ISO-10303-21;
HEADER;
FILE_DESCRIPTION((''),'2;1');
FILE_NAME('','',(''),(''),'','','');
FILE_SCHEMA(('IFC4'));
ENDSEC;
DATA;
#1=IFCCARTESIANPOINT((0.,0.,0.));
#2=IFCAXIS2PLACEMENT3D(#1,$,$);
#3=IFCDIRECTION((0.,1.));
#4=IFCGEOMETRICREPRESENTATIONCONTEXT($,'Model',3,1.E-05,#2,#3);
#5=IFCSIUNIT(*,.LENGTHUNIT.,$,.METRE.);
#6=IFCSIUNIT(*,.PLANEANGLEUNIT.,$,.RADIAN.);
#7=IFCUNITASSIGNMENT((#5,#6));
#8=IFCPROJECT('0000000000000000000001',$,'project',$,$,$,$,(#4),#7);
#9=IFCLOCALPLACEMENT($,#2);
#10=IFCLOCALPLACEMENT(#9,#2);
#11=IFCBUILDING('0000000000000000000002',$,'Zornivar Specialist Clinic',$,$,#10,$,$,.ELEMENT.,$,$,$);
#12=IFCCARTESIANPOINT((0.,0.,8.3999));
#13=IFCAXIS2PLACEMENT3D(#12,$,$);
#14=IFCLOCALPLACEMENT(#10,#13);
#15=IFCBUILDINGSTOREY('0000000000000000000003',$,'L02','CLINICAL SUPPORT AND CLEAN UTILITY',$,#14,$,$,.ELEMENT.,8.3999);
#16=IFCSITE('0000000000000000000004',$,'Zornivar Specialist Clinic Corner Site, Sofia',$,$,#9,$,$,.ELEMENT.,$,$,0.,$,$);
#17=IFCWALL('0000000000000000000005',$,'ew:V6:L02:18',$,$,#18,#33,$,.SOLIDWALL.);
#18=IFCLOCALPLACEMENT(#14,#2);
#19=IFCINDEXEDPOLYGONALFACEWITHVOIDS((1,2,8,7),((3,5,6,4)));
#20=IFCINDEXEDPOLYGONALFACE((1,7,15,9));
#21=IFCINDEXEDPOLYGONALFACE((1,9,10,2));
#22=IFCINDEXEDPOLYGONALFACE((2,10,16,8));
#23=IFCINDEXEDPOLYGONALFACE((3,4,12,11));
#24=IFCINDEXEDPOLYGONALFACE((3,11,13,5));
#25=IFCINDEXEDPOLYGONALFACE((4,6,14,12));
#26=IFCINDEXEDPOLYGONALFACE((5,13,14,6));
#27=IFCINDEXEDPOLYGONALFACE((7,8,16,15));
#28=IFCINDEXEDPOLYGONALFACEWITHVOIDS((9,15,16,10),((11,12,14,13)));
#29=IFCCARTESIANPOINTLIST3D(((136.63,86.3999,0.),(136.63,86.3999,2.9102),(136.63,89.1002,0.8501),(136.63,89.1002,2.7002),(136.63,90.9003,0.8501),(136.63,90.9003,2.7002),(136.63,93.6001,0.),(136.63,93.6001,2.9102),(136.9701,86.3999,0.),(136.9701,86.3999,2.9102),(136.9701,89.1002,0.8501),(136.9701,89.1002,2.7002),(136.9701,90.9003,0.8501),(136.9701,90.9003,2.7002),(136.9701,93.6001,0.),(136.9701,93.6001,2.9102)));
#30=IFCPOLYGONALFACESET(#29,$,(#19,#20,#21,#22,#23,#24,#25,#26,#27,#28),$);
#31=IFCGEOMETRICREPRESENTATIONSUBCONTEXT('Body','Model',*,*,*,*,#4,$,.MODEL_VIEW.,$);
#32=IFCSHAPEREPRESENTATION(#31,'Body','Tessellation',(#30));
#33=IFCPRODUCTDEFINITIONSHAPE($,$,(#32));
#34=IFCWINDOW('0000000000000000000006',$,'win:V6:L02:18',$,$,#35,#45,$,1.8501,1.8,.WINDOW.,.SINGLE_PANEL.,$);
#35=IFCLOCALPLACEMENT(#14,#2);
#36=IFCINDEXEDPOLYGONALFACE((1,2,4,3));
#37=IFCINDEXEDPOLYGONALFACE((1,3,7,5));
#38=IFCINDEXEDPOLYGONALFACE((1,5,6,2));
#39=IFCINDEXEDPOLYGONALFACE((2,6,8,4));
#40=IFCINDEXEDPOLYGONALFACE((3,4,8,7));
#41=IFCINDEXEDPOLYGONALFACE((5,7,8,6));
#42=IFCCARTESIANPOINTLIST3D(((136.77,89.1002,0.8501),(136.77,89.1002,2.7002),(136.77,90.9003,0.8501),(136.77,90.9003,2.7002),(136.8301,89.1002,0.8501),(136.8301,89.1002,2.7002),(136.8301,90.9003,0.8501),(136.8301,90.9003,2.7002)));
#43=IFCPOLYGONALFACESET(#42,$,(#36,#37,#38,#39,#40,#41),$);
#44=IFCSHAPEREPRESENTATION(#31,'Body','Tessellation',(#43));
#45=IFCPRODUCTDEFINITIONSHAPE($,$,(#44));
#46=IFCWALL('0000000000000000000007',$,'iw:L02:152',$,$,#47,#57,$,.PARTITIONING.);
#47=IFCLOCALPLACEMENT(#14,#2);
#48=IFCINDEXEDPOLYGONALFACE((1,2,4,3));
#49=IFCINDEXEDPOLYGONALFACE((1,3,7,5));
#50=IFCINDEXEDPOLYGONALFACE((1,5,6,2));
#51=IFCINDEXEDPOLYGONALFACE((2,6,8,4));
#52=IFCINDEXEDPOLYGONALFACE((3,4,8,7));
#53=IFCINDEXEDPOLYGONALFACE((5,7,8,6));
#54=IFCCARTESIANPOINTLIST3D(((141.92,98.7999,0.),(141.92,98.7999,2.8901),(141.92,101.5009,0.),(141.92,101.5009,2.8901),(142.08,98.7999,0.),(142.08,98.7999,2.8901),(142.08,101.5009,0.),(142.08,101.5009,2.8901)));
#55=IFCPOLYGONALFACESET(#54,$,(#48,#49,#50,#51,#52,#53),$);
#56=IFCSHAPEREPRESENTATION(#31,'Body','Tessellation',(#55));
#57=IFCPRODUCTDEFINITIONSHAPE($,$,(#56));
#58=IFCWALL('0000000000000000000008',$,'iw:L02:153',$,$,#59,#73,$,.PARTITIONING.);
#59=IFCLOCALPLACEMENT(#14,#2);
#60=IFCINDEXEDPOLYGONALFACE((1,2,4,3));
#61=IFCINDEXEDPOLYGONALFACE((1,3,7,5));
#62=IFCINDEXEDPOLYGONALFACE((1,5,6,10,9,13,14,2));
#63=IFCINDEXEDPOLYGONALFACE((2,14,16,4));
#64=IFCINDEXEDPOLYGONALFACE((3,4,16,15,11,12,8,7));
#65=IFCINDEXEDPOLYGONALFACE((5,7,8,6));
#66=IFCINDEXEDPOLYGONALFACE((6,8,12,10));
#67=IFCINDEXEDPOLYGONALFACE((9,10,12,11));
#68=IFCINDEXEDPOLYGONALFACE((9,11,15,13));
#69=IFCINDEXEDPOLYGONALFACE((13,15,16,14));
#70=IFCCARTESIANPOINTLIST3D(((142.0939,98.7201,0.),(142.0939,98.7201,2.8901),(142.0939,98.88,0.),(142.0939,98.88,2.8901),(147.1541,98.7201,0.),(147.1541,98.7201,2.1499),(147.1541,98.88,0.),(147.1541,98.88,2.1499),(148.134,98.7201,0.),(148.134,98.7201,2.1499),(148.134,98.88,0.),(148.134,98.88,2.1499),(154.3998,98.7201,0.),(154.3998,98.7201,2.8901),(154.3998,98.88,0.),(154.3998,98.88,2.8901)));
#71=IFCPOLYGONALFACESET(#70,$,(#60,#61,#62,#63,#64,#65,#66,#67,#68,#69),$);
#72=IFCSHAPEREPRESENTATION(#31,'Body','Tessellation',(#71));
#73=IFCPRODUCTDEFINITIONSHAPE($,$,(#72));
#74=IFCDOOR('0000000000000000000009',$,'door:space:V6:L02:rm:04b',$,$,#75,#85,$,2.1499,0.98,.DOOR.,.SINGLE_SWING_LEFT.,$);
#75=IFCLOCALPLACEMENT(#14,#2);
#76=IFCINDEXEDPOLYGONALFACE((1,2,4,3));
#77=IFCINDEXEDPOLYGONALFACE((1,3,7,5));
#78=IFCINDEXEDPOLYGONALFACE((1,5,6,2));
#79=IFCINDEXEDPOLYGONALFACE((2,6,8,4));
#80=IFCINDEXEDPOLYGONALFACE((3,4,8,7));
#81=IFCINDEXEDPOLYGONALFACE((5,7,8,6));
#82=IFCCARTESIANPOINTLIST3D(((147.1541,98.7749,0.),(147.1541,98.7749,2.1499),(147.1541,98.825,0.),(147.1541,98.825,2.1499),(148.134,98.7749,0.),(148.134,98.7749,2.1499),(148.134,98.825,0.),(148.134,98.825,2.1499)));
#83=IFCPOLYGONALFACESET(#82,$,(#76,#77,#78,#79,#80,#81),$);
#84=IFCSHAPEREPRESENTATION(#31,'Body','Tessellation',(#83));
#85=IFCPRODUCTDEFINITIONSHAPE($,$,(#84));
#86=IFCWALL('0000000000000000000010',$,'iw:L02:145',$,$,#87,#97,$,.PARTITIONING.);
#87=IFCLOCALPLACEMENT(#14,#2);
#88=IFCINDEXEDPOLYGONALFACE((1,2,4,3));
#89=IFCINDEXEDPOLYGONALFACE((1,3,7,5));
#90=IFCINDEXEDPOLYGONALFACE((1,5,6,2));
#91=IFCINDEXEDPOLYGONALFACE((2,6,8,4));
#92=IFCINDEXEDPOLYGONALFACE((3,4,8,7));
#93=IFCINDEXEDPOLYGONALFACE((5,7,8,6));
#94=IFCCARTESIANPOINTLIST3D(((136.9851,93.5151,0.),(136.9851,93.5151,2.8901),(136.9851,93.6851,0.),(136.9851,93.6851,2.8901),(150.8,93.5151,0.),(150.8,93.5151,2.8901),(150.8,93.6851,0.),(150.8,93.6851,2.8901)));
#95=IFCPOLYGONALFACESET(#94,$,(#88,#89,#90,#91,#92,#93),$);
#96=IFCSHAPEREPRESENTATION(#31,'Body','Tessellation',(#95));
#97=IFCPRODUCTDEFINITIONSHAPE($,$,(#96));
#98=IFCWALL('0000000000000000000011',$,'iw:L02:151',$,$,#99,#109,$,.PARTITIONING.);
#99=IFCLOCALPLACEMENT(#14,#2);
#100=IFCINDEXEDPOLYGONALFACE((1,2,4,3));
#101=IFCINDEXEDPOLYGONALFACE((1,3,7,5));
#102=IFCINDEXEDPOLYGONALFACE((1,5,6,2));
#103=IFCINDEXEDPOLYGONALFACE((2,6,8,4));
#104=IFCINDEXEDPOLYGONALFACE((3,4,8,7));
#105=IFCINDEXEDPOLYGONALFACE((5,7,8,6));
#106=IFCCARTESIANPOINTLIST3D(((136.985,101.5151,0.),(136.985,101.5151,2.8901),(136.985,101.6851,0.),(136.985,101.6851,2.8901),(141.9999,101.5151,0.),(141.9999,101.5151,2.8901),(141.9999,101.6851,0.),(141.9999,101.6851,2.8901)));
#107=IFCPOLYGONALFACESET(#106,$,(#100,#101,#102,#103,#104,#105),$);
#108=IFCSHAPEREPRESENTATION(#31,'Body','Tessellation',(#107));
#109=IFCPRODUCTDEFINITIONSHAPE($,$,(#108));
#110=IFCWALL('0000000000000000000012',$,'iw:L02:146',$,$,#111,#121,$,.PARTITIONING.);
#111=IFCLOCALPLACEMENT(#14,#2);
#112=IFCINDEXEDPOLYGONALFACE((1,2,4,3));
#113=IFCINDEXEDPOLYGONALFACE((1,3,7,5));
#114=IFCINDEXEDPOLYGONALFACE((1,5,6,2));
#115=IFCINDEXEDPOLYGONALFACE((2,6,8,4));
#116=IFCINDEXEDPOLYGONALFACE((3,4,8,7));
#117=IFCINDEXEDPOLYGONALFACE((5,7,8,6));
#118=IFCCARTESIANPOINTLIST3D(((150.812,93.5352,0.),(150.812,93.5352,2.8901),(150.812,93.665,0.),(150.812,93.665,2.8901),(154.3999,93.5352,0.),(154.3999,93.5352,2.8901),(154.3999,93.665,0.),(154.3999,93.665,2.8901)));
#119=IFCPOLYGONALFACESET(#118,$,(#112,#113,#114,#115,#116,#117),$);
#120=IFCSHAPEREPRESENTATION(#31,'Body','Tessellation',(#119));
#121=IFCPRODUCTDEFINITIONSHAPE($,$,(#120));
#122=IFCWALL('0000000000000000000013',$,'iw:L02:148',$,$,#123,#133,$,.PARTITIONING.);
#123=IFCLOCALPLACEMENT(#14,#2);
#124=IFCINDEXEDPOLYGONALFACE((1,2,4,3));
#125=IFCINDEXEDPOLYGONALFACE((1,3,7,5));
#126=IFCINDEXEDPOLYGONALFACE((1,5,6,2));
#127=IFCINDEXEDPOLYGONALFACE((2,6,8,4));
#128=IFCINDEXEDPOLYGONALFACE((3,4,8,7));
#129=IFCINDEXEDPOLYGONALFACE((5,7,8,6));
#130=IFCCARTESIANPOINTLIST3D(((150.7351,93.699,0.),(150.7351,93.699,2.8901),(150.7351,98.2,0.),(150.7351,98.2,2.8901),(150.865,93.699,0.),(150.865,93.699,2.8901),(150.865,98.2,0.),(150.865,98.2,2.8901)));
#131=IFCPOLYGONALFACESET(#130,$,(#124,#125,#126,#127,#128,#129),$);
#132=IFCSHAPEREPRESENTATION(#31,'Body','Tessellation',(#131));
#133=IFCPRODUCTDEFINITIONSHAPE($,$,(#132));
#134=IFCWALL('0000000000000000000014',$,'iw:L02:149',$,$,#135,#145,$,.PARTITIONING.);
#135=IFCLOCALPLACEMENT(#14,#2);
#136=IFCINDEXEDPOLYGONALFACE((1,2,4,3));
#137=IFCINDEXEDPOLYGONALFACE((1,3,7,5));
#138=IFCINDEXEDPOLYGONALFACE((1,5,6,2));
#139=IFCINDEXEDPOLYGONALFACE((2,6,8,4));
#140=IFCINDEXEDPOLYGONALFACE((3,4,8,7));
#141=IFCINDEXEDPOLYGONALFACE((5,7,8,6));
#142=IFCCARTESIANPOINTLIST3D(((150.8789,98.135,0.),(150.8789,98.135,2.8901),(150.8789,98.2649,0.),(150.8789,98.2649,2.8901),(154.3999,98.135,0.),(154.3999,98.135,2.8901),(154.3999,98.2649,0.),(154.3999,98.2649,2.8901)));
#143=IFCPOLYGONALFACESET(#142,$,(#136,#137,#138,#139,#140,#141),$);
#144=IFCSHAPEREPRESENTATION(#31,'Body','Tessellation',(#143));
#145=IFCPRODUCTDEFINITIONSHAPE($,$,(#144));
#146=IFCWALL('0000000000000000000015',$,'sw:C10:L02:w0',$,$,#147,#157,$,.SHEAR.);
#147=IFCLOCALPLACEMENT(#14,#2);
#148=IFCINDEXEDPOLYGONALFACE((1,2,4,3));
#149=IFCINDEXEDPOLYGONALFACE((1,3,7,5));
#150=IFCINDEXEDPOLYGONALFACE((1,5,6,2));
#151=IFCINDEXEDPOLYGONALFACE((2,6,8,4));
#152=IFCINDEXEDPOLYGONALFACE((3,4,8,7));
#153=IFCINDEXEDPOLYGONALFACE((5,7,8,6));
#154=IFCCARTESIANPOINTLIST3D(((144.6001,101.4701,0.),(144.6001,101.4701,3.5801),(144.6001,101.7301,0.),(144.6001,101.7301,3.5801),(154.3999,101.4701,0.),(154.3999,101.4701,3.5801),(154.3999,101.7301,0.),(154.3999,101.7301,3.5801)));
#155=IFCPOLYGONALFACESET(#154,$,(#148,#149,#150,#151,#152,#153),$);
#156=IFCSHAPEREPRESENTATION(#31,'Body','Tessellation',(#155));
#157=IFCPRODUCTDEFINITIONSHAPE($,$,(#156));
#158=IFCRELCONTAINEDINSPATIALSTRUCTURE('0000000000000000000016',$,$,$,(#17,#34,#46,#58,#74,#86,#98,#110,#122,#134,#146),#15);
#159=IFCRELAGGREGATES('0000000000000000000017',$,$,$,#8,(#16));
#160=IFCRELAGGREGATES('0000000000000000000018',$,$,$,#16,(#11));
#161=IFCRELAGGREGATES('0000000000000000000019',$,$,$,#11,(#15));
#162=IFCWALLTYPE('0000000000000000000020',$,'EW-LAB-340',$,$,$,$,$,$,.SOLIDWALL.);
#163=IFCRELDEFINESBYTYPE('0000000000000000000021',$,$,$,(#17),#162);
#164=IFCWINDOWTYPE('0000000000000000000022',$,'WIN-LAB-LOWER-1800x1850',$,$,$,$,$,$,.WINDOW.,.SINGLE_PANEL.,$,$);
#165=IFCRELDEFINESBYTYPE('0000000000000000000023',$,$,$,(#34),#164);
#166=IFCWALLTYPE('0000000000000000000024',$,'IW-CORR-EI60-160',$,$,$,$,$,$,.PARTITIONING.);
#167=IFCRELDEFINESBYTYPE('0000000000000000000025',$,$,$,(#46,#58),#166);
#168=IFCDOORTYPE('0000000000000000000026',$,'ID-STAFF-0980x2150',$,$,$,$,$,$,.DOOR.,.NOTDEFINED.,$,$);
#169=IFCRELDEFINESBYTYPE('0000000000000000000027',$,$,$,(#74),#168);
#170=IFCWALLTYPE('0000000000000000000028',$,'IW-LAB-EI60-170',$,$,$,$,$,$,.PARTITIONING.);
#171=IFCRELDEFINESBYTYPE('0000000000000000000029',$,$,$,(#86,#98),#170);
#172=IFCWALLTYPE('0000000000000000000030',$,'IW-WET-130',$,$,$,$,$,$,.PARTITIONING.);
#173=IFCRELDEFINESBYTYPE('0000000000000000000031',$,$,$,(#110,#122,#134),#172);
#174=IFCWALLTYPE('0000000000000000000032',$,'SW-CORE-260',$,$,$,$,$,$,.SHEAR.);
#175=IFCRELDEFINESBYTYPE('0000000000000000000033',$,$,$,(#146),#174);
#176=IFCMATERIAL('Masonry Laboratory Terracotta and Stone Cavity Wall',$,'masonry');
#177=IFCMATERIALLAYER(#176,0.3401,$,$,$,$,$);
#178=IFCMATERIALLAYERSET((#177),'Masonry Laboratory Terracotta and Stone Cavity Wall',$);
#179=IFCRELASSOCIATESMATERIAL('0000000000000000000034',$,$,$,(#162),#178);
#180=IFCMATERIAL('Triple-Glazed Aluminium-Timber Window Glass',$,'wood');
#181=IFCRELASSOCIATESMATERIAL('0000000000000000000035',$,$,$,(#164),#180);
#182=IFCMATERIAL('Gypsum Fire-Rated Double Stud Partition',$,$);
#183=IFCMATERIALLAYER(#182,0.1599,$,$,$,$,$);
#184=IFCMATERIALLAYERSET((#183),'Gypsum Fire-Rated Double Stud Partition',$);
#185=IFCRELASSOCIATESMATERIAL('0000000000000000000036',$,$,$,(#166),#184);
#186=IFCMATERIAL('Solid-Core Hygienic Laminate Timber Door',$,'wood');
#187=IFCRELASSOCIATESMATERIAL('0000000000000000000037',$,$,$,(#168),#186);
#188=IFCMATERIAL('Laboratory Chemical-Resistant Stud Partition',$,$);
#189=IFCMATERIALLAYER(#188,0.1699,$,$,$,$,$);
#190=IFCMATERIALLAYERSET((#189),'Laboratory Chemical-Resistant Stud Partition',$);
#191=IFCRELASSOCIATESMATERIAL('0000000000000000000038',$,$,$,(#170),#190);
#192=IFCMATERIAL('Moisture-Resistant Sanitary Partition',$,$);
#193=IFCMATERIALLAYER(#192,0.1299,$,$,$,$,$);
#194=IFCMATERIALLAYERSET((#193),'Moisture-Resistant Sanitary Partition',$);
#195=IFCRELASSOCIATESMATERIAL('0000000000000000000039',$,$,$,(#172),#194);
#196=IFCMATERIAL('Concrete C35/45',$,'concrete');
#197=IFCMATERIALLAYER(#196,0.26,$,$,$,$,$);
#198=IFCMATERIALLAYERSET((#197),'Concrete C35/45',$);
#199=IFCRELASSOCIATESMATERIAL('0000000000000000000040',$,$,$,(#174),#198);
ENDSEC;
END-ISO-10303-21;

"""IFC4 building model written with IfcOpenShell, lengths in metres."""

from ifc_helpers import new_model, si_unit, direction, frame, frame_2d, origin, place, context, subcontext, project, spatial, rectangle, extrude, material, layer, layer_set, type_object, element, fill, save


model = new_model("IFC4")

# Units and contexts
model_context = context("Model", 3, precision=1e-05, world=origin(), true_north=direction((0.0, 1.0)))
body_context = subcontext(model_context, "Body", "Model", "MODEL_VIEW")
ifc_project = project(units=[si_unit("LENGTHUNIT", "METRE"), si_unit("PLANEANGLEUNIT", "RADIAN")], contexts=[model_context])

# Site, building, storey
site_placement = place(None, origin())
site = spatial("IfcSite", under=ifc_project, at=site_placement, Name="Zornivar Specialist Clinic Corner Site, Sofia", CompositionType="ELEMENT", RefElevation=0.0)
building_placement = place(site_placement, origin())
building = spatial("IfcBuilding", under=site, at=building_placement, Name="Zornivar Specialist Clinic", CompositionType="ELEMENT")
storey_placement = place(building_placement, frame((0.0, 0.0, 8.3999)))
storey = spatial("IfcBuildingStorey", under=building, at=storey_placement, Name="L02", Description="CLINICAL SUPPORT AND CLEAN UTILITY", CompositionType="ELEMENT", Elevation=8.3999)

# Wall, opening, window
ifc_material_1 = material(Name="Masonry Laboratory Terracotta and Stone Cavity Wall", Category="masonry")
ifc_layer_1 = layer(ifc_material_1, 0.3401)
ifc_layer_set_1 = layer_set([ifc_layer_1], Name="Masonry Laboratory Terracotta and Stone Cavity Wall")
wall_type_1 = type_object("IfcWallType", Name="EW-LAB-340", PredefinedType="SOLIDWALL", material=ifc_layer_set_1)
ifc_material_2 = material(Name="Triple-Glazed Aluminium-Timber Window Glass", Category="wood")
window_type = type_object("IfcWindowType", Name="WIN-LAB-LOWER-1800x1850", PartitioningType="SINGLE_PANEL", PredefinedType="WINDOW", material=ifc_material_2)
wall_1_placement = place(storey_placement, frame((136.8, 93.6001, 0.0), z_axis=(0.0, 0.0, 1.0), x_axis=(0.0, -1.0, 0.0)))
wall_1 = element("IfcWall", 1, at=wall_1_placement, inside=storey, type_object=wall_type_1, Name="ew:V6:L02:18", PredefinedType="SOLIDWALL", context=body_context, shape_type="SweptSolid", body=[
    extrude(rectangle(XDim=7.2002, YDim=0.3401, at=frame_2d((3.6001, 0.0))), origin(), (0.0, 0.0, 1.0), 2.9102),
])
opening_1_placement = place(wall_1_placement, frame((2.7, 0.0, 0.8501)))
opening_1 = element("IfcOpeningElement", 2, at=opening_1_placement, cuts=wall_1, PredefinedType="OPENING", context=body_context, shape_type="SweptSolid", body=[
    extrude(rectangle(XDim=1.8, YDim=1.8501, at=frame_2d((0.8999, 0.925))), frame((0.0, 0.1799, 0.0), z_axis=(0.0, -1.0, 0.0), x_axis=(1.0, 0.0, 0.0)), (0.0, 0.0, 1.0), 0.3601),
])
window_1_placement = place(opening_1_placement, origin())
window_1 = element("IfcWindow", 3, at=window_1_placement, inside=storey, type_object=window_type, Name="win:V6:L02:18", OverallHeight=1.8501, OverallWidth=1.8, PartitioningType="SINGLE_PANEL", PredefinedType="WINDOW", context=body_context, shape_type="SweptSolid", body=[
    extrude(rectangle(XDim=1.8, YDim=1.8501, at=frame_2d((0.8999, 0.925))), frame((0.0, 0.03, 0.0), z_axis=(0.0, -1.0, 0.0), x_axis=(1.0, 0.0, 0.0)), (0.0, 0.0, 1.0), 0.0601),
])
fill(opening_1, window_1)

# Wall
ifc_material_3 = material(Name="Gypsum Fire-Rated Double Stud Partition")
ifc_layer_2 = layer(ifc_material_3, 0.1599)
ifc_layer_set_2 = layer_set([ifc_layer_2], Name="Gypsum Fire-Rated Double Stud Partition")
wall_type_2 = type_object("IfcWallType", Name="IW-CORR-EI60-160", PredefinedType="PARTITIONING", material=ifc_layer_set_2)
wall_2_placement = place(storey_placement, frame((142.0, 101.501, 0.0), z_axis=(0.0, 0.0, 1.0), x_axis=(0.0, -1.0, 0.0)))
element("IfcWall", 4, at=wall_2_placement, inside=storey, type_object=wall_type_2, Name="iw:L02:152", PredefinedType="PARTITIONING", context=body_context, shape_type="SweptSolid", body=[
    extrude(rectangle(XDim=2.7009, YDim=0.1599, at=frame_2d((1.3506, 0.0))), origin(), (0.0, 0.0, 1.0), 2.8901),
])

# Wall, opening, door
wall_3_placement = place(storey_placement, frame((142.094, 98.8, 0.0), z_axis=(0.0, 0.0, 1.0), x_axis=(1.0, 0.0, 0.0)))
wall_3 = element("IfcWall", 5, at=wall_3_placement, inside=storey, type_object=wall_type_2, Name="iw:L02:153", PredefinedType="PARTITIONING", context=body_context, shape_type="SweptSolid", body=[
    extrude(rectangle(XDim=12.3059, YDim=0.1599, at=frame_2d((6.1528, 0.0))), origin(), (0.0, 0.0, 1.0), 2.8901),
])
opening_2_placement = place(wall_3_placement, frame((5.0601, 0.0, 0.0)))
opening_2 = element("IfcOpeningElement", 6, at=opening_2_placement, cuts=wall_3, PredefinedType="OPENING", context=body_context, shape_type="SweptSolid", body=[
    extrude(rectangle(XDim=0.98, YDim=2.1499, at=frame_2d((0.49, 1.075))), frame((0.0, 0.0898, 0.0), z_axis=(0.0, -1.0, 0.0), x_axis=(1.0, 0.0, 0.0)), (0.0, 0.0, 1.0), 0.1799),
])
ifc_material_4 = material(Name="Solid-Core Hygienic Laminate Timber Door", Category="wood")
door_type_1 = type_object("IfcDoorType", Name="ID-STAFF-0980x2150", OperationType="NOTDEFINED", PredefinedType="DOOR", material=ifc_material_4)
door_1_placement = place(opening_2_placement, origin())
door_1 = element("IfcDoor", 7, at=door_1_placement, inside=storey, type_object=door_type_1, Name="door:space:V6:L02:rm:04b", OperationType="SINGLE_SWING_LEFT", OverallHeight=2.1499, OverallWidth=0.98, PredefinedType="DOOR", context=body_context, shape_type="SweptSolid", body=[
    extrude(rectangle(XDim=0.98, YDim=2.1499, at=frame_2d((0.49, 1.075))), frame((0.0, 0.0249, 0.0), z_axis=(0.0, -1.0, 0.0), x_axis=(1.0, 0.0, 0.0)), (0.0, 0.0, 1.0), 0.05),
])
fill(opening_2, door_1)

# Walls
ifc_material_5 = material(Name="Laboratory Chemical-Resistant Stud Partition")
ifc_layer_3 = layer(ifc_material_5, 0.1699)
ifc_layer_set_3 = layer_set([ifc_layer_3], Name="Laboratory Chemical-Resistant Stud Partition")
wall_type_3 = type_object("IfcWallType", Name="IW-LAB-EI60-170", PredefinedType="PARTITIONING", material=ifc_layer_set_3)
wall_4_placement = place(storey_placement, frame((136.9851, 93.6001, 0.0), z_axis=(0.0, 0.0, 1.0), x_axis=(1.0, 0.0, 0.0)))
element("IfcWall", 8, at=wall_4_placement, inside=storey, type_object=wall_type_3, Name="iw:L02:145", PredefinedType="PARTITIONING", context=body_context, shape_type="SweptSolid", body=[
    extrude(rectangle(XDim=13.8149, YDim=0.1699, at=frame_2d((6.9075, 0.0))), origin(), (0.0, 0.0, 1.0), 2.8901),
])
wall_5_placement = place(storey_placement, frame((136.9851, 101.6001, 0.0), z_axis=(0.0, 0.0, 1.0), x_axis=(1.0, 0.0, 0.0)))
element("IfcWall", 9, at=wall_5_placement, inside=storey, type_object=wall_type_3, Name="iw:L02:151", PredefinedType="PARTITIONING", context=body_context, shape_type="SweptSolid", body=[
    extrude(rectangle(XDim=5.0149, YDim=0.1699, at=frame_2d((2.5073, 0.0))), origin(), (0.0, 0.0, 1.0), 2.8901),
])
ifc_material_6 = material(Name="Moisture-Resistant Sanitary Partition")
ifc_layer_4 = layer(ifc_material_6, 0.1299)
ifc_layer_set_4 = layer_set([ifc_layer_4], Name="Moisture-Resistant Sanitary Partition")
wall_type_4 = type_object("IfcWallType", Name="IW-WET-130", PredefinedType="PARTITIONING", material=ifc_layer_set_4)
wall_6_placement = place(storey_placement, frame((150.812, 93.6001, 0.0), z_axis=(0.0, 0.0, 1.0), x_axis=(1.0, 0.0, 0.0)))
element("IfcWall", 10, at=wall_6_placement, inside=storey, type_object=wall_type_4, Name="iw:L02:146", PredefinedType="PARTITIONING", context=body_context, shape_type="SweptSolid", body=[
    extrude(rectangle(XDim=3.5879, YDim=0.1299, at=frame_2d((1.7939, 0.0))), origin(), (0.0, 0.0, 1.0), 2.8901),
])
wall_7_placement = place(storey_placement, frame((150.8, 93.699, 0.0), z_axis=(0.0, 0.0, 1.0), x_axis=(0.0, 1.0, 0.0)))
element("IfcWall", 11, at=wall_7_placement, inside=storey, type_object=wall_type_4, Name="iw:L02:148", PredefinedType="PARTITIONING", context=body_context, shape_type="SweptSolid", body=[
    extrude(rectangle(XDim=4.501, YDim=0.1299, at=frame_2d((2.2505, 0.0))), origin(), (0.0, 0.0, 1.0), 2.8901),
])
wall_8_placement = place(storey_placement, frame((150.8789, 98.2, 0.0), z_axis=(0.0, 0.0, 1.0), x_axis=(1.0, 0.0, 0.0)))
element("IfcWall", 12, at=wall_8_placement, inside=storey, type_object=wall_type_4, Name="iw:L02:149", PredefinedType="PARTITIONING", context=body_context, shape_type="SweptSolid", body=[
    extrude(rectangle(XDim=3.521, YDim=0.1299, at=frame_2d((1.7605, 0.0))), origin(), (0.0, 0.0, 1.0), 2.8901),
])
ifc_material_7 = material(Name="Concrete C35/45", Category="concrete")
ifc_layer_5 = layer(ifc_material_7, 0.26)
ifc_layer_set_5 = layer_set([ifc_layer_5], Name="Concrete C35/45")
wall_type_5 = type_object("IfcWallType", Name="SW-CORE-260", PredefinedType="SHEAR", material=ifc_layer_set_5)
wall_9_placement = place(storey_placement, frame((144.6001, 101.6001, 0.0), z_axis=(0.0, 0.0, 1.0), x_axis=(1.0, 0.0, 0.0)))
element("IfcWall", 13, at=wall_9_placement, inside=storey, type_object=wall_type_5, Name="sw:C10:L02:w0", PredefinedType="SHEAR", context=body_context, shape_type="SweptSolid", body=[
    extrude(rectangle(XDim=9.7998, YDim=0.26, at=frame_2d((4.8999, 0.0))), origin(), (0.0, 0.0, 1.0), 3.5801),
])

save(model, "model.ifc")
